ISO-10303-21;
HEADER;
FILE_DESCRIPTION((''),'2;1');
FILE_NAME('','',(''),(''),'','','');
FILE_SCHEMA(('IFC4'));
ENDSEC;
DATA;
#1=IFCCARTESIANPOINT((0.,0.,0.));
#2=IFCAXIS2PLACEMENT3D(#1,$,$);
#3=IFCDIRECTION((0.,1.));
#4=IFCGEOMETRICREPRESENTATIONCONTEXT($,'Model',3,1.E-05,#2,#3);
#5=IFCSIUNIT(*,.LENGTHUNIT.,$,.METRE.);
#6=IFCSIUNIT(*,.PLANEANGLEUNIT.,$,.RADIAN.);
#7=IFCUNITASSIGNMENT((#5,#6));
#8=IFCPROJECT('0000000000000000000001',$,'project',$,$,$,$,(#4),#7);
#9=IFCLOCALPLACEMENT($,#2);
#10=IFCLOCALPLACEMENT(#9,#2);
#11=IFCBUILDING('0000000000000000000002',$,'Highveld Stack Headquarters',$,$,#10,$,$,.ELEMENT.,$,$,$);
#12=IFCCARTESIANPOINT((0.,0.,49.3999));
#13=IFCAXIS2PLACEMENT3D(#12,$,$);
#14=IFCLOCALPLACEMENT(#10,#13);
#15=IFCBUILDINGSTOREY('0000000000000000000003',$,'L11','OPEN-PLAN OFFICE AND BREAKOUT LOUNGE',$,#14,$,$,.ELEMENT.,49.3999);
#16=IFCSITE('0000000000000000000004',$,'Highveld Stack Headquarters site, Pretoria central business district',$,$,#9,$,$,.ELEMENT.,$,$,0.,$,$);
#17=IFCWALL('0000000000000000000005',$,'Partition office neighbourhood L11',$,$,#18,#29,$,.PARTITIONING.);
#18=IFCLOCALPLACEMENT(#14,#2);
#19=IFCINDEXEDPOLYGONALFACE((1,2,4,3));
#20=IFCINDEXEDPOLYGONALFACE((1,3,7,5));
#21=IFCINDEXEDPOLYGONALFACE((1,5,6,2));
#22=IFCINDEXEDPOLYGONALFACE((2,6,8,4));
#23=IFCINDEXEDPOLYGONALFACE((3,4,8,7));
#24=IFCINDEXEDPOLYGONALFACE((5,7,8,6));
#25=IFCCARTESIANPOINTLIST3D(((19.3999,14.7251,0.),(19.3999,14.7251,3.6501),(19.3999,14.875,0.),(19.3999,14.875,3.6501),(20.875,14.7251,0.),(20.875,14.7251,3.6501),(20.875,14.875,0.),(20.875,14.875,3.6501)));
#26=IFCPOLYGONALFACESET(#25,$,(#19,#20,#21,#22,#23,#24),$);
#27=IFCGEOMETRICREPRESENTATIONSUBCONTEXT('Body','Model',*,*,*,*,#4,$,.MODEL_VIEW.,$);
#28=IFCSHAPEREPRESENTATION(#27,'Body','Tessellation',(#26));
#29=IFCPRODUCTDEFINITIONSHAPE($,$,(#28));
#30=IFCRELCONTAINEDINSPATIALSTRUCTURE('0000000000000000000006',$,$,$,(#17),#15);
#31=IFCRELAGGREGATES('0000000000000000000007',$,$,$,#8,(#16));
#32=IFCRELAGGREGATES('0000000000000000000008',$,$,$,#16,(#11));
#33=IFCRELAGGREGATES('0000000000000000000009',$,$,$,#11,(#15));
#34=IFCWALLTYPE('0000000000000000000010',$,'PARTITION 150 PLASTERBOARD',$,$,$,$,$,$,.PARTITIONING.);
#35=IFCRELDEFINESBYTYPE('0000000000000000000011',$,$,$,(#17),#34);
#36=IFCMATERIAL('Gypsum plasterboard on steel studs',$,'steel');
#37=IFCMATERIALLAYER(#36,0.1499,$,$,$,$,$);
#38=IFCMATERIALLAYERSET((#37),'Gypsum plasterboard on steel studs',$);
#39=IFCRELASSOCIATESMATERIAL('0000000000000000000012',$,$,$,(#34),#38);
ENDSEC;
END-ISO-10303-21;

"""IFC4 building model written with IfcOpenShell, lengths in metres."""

from ifc_helpers import new_model, si_unit, direction, frame, frame_2d, origin, place, context, subcontext, project, spatial, rectangle, extrude, material, layer, layer_set, type_object, element, save


model = new_model("IFC4")

# Units and contexts
model_context = context("Model", 3, precision=1e-05, world=origin(), true_north=direction((0.0, 1.0)))
body_context = subcontext(model_context, "Body", "Model", "MODEL_VIEW")
ifc_project = project(units=[si_unit("LENGTHUNIT", "METRE"), si_unit("PLANEANGLEUNIT", "RADIAN")], contexts=[model_context])

# Site, building, storey
site_placement = place(None, origin())
site = spatial("IfcSite", under=ifc_project, at=site_placement, Name="Highveld Stack Headquarters site, Pretoria central business district", CompositionType="ELEMENT", RefElevation=0.0)
building_placement = place(site_placement, origin())
building = spatial("IfcBuilding", under=site, at=building_placement, Name="Highveld Stack Headquarters", CompositionType="ELEMENT")
storey_placement = place(building_placement, frame((0.0, 0.0, 49.3999)))
storey = spatial("IfcBuildingStorey", under=building, at=storey_placement, Name="L11", Description="OPEN-PLAN OFFICE AND BREAKOUT LOUNGE", CompositionType="ELEMENT", Elevation=49.3999)

# Shared definitions
ifc_material_1 = material(Name="Gypsum plasterboard on steel studs", Category="steel")
ifc_layer_1 = layer(ifc_material_1, 0.1499)
ifc_layer_set_1 = layer_set([ifc_layer_1], Name="Gypsum plasterboard on steel studs")
wall_type = type_object("IfcWallType", Name="PARTITION 150 PLASTERBOARD", PredefinedType="PARTITIONING", material=ifc_layer_set_1)

# Wall
wall_1_placement = place(storey_placement, frame((19.3999, 14.8, 0.0), z_axis=(0.0, 0.0, 1.0), x_axis=(1.0, 0.0, 0.0)))
element("IfcWall", 1, at=wall_1_placement, inside=storey, type_object=wall_type, Name="Partition office neighbourhood L11", PredefinedType="PARTITIONING", context=body_context, shape_type="SweptSolid", body=[
    extrude(rectangle(XDim=1.4751, YDim=0.1499, at=frame_2d((0.7375, 0.0))), origin(), (0.0, 0.0, 1.0), 3.6501),
])

save(model, "model.ifc")
